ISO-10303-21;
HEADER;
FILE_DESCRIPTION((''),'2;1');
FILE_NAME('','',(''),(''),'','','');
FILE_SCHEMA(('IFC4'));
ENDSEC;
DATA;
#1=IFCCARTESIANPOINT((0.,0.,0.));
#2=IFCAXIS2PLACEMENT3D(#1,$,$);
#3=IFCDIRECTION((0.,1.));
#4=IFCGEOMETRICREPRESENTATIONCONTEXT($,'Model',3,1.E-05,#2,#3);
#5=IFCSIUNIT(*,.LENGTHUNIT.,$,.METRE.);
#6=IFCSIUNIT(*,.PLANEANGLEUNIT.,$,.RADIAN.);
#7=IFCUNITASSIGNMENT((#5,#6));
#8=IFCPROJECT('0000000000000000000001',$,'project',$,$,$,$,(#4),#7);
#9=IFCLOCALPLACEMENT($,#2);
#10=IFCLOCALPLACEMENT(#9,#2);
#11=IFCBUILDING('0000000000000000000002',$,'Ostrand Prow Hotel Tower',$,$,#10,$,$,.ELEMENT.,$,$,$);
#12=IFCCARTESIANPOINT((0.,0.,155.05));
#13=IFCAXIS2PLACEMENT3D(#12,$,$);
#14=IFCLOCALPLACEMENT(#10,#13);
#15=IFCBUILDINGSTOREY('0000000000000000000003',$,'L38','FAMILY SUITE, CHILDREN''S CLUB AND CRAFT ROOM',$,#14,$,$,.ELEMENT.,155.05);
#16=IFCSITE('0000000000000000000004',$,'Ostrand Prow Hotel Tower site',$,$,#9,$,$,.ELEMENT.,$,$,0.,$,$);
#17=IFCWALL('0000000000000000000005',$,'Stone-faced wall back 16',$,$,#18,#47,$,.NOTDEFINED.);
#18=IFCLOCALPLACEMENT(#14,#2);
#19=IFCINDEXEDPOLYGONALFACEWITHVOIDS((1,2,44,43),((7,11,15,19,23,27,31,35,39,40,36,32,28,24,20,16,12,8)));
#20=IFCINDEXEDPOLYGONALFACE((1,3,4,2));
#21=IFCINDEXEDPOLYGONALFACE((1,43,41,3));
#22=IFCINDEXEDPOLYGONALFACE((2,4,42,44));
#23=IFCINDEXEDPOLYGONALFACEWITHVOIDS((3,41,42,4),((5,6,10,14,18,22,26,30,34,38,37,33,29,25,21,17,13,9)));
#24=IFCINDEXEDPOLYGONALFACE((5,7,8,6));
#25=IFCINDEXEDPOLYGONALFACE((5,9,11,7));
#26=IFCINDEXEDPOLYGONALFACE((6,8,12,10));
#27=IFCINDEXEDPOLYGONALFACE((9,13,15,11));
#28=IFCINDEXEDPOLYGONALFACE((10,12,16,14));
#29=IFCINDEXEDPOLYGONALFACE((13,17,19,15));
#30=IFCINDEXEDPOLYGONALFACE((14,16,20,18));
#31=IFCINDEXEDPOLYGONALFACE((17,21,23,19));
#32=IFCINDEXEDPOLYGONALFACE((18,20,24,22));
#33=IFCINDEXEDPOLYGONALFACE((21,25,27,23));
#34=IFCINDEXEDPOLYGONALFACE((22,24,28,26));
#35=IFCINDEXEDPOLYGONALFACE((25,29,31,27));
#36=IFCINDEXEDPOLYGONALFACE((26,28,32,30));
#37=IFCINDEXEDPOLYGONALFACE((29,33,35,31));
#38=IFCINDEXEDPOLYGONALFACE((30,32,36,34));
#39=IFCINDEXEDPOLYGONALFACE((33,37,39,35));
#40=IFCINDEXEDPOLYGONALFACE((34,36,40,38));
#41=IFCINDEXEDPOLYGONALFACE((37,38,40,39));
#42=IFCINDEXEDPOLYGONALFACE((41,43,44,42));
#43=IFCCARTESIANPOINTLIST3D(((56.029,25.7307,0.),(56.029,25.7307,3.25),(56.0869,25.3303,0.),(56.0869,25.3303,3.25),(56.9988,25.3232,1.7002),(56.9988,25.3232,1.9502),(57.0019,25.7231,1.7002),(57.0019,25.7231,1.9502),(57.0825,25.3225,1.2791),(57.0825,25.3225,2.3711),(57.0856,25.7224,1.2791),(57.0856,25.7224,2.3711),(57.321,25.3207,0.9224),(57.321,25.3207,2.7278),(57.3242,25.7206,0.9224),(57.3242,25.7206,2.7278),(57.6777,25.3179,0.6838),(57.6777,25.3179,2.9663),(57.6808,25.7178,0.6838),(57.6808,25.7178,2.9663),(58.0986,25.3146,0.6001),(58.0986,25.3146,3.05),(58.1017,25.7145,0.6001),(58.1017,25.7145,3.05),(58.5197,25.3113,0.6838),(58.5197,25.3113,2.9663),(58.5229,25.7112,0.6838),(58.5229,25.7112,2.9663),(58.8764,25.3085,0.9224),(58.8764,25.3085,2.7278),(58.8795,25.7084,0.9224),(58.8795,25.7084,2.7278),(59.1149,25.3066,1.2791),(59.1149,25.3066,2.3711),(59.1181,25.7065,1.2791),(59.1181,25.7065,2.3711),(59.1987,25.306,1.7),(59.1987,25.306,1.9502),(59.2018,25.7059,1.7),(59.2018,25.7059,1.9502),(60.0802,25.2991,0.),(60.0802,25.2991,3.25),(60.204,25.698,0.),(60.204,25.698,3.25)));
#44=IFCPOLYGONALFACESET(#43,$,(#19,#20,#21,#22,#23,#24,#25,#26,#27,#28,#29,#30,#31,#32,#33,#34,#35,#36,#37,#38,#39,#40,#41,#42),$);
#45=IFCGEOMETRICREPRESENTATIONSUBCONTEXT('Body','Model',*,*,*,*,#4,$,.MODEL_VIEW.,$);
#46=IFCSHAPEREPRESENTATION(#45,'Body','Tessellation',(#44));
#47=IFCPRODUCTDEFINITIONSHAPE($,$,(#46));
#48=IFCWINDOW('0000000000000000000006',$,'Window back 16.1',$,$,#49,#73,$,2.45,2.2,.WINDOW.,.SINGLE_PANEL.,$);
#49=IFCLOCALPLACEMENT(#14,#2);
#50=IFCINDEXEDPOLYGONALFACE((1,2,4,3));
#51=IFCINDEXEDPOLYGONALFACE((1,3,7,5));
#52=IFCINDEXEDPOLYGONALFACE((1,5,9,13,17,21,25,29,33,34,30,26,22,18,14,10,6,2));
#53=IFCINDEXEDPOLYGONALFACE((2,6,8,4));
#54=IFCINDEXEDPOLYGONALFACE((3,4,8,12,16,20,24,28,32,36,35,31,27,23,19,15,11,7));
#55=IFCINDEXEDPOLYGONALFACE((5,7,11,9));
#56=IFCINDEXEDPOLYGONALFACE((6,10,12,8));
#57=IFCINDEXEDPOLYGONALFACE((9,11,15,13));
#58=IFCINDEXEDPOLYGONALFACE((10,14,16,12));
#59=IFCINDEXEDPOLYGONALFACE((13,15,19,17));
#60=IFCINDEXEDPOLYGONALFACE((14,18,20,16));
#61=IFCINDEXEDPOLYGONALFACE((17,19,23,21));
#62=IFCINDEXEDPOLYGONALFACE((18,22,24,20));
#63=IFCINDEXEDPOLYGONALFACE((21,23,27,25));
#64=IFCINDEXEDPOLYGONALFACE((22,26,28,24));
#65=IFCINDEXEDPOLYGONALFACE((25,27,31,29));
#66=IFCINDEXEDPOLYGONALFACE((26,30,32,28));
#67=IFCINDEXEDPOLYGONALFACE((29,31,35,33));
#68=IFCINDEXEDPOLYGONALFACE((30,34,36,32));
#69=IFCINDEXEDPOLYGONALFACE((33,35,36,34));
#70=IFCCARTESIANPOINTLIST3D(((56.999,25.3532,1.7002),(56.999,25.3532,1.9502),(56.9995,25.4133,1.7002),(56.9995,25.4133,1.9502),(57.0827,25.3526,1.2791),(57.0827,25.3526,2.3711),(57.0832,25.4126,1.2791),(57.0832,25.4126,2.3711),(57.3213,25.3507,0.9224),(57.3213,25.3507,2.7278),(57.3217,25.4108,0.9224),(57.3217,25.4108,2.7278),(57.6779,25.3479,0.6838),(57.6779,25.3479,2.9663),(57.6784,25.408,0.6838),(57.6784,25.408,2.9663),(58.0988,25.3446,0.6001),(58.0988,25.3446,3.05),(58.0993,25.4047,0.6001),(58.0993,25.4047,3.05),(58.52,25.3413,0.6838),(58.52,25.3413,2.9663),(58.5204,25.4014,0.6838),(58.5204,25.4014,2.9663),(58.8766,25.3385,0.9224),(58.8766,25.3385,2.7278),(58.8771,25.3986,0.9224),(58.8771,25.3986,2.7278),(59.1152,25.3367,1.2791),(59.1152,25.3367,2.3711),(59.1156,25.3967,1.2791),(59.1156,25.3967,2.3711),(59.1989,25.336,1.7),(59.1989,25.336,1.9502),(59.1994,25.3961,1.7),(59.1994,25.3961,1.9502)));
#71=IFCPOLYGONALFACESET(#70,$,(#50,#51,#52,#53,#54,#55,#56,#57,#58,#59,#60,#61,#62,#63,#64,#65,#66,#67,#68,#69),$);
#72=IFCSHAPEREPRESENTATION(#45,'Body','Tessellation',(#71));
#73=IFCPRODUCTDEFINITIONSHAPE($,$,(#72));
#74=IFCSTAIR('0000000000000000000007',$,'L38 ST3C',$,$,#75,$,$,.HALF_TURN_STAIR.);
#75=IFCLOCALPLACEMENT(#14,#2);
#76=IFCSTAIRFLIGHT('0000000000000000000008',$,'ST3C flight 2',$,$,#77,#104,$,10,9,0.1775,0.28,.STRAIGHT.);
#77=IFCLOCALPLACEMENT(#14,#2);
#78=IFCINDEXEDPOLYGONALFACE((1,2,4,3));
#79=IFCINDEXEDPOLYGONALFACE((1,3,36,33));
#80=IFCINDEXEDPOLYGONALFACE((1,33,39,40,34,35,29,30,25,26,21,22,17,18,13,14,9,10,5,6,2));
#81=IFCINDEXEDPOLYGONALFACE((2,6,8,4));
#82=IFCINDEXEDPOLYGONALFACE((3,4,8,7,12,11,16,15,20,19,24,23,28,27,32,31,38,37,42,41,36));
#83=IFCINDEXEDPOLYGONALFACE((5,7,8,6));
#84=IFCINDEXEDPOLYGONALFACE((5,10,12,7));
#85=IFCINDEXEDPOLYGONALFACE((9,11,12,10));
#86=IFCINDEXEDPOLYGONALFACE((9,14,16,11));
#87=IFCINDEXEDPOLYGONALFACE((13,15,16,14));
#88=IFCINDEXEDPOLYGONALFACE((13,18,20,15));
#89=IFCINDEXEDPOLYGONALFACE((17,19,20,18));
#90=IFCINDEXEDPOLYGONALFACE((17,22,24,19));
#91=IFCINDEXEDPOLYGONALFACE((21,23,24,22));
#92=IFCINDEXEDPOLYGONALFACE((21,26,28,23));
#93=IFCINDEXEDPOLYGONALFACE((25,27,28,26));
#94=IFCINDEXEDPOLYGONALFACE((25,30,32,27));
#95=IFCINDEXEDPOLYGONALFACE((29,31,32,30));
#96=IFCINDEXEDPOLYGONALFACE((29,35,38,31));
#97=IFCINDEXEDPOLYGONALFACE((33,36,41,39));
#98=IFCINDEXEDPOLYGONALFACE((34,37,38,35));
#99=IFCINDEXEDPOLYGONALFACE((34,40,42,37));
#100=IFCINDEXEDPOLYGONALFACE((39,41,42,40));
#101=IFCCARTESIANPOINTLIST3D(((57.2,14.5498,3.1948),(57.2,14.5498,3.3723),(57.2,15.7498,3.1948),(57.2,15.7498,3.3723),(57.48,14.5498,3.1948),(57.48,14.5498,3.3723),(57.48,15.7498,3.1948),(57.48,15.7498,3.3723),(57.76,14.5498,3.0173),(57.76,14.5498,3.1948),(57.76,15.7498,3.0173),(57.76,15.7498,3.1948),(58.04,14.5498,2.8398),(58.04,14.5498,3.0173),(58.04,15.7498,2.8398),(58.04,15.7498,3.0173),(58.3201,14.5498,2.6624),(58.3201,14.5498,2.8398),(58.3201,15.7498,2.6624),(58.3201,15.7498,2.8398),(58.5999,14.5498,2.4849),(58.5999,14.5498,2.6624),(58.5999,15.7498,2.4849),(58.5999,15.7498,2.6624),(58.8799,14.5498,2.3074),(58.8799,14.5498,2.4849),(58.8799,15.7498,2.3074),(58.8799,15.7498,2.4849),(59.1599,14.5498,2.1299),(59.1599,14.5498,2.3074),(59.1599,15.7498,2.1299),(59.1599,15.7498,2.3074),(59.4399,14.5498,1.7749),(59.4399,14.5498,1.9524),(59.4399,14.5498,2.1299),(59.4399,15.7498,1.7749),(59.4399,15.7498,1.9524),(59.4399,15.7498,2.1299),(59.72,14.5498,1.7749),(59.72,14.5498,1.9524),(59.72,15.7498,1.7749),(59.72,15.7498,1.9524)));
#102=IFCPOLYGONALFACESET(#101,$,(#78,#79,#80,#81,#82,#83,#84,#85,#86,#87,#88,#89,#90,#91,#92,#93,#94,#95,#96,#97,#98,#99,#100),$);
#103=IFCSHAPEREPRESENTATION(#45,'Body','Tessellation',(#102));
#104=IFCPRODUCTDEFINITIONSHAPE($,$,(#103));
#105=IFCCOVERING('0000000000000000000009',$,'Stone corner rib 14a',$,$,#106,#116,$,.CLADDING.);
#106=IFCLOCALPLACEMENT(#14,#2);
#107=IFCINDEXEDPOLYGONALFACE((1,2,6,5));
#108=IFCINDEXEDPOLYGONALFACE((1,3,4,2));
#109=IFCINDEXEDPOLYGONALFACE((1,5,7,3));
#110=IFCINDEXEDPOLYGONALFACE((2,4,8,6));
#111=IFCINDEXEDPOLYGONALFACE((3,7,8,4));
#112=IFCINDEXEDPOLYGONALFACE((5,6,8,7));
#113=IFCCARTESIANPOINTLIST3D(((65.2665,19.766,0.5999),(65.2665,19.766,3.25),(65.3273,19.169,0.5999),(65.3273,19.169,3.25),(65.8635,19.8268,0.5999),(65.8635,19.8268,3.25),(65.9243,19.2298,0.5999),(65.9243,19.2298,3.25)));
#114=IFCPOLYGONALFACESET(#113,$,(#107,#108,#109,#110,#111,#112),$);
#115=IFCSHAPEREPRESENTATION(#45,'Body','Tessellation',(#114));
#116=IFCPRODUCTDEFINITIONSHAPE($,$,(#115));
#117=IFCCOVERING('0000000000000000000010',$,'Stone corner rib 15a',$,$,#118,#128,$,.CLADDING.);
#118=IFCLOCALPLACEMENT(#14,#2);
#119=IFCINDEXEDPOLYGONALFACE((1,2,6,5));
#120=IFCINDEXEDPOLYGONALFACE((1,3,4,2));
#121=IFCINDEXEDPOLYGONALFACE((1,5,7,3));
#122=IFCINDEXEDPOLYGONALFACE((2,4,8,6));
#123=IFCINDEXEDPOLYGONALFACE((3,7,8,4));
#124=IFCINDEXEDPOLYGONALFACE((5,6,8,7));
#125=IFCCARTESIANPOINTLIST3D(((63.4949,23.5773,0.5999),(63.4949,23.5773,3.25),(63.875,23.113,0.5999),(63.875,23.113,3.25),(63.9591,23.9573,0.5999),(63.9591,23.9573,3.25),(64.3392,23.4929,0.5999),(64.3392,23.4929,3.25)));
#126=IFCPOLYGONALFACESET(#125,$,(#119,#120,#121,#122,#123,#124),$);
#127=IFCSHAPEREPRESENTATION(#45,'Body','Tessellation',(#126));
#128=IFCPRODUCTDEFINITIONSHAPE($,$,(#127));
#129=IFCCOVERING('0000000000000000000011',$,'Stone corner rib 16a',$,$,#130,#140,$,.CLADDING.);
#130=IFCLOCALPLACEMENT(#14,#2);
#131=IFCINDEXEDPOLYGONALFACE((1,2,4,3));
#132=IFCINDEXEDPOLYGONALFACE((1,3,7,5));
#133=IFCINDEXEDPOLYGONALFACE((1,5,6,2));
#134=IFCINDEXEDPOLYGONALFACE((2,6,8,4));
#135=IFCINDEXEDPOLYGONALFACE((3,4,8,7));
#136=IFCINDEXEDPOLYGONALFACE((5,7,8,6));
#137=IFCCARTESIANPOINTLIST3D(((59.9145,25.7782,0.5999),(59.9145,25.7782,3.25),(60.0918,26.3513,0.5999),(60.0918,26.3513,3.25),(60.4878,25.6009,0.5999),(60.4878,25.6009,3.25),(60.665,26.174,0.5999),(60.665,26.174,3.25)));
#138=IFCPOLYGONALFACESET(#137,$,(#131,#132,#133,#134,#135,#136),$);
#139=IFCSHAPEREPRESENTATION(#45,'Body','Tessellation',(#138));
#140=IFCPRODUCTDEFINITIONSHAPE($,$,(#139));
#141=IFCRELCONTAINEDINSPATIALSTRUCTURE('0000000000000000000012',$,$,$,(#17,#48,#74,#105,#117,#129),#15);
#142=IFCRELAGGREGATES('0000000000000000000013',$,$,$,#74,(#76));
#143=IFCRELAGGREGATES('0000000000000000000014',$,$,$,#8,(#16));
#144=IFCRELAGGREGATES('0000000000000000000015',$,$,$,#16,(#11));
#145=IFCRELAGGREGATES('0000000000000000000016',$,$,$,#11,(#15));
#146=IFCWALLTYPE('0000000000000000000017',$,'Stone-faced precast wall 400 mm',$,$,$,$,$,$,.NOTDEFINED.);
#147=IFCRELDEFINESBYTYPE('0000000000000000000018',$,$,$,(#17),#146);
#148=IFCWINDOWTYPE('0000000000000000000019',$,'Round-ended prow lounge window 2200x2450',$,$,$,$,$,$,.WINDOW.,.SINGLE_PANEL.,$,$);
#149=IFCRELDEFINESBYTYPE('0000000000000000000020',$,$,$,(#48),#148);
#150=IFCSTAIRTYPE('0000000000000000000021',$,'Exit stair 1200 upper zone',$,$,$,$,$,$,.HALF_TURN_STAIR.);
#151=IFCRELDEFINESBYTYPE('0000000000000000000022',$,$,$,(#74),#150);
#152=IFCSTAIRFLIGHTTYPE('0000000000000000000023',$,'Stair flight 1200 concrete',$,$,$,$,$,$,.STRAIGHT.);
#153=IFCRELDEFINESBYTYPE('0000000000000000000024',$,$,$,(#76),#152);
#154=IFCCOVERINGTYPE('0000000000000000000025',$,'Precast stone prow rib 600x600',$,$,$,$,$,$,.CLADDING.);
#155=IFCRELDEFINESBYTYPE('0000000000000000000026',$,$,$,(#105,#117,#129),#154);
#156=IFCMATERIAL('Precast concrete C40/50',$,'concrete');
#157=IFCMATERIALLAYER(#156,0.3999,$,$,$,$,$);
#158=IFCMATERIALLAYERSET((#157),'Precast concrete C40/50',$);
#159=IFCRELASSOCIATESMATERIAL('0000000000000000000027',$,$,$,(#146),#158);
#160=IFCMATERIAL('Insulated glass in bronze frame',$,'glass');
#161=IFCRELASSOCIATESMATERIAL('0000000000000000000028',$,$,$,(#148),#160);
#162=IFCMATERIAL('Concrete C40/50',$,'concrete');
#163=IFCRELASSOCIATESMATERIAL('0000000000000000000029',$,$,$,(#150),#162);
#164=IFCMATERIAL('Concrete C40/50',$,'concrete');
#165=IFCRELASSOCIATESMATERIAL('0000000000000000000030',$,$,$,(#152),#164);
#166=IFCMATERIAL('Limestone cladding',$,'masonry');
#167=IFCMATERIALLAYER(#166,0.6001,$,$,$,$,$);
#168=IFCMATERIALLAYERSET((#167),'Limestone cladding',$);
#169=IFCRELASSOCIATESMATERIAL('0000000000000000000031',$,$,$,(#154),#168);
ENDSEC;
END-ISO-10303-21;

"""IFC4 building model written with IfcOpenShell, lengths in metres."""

from ifc_helpers import new_model, si_unit, direction, frame, frame_2d, origin, place, context, subcontext, project, spatial, polyline, rectangle, outline, extrude, material, layer, layer_set, type_object, element, fill, aggregate, save


model = new_model("IFC4")

# Units and contexts
model_context = context("Model", 3, precision=1e-05, world=origin(), true_north=direction((0.0, 1.0)))
body_context = subcontext(model_context, "Body", "Model", "MODEL_VIEW")
ifc_project = project(units=[si_unit("LENGTHUNIT", "METRE"), si_unit("PLANEANGLEUNIT", "RADIAN")], contexts=[model_context])

# Site, building, storey
site_placement = place(None, origin())
site = spatial("IfcSite", under=ifc_project, at=site_placement, Name="Ostrand Prow Hotel Tower site", CompositionType="ELEMENT", RefElevation=0.0)
building_placement = place(site_placement, origin())
building = spatial("IfcBuilding", under=site, at=building_placement, Name="Ostrand Prow Hotel Tower", CompositionType="ELEMENT")
storey_placement = place(building_placement, frame((0.0, 0.0, 155.05)))
storey = spatial("IfcBuildingStorey", under=building, at=storey_placement, Name="L38", Description="FAMILY SUITE, CHILDREN'S CLUB AND CRAFT ROOM", CompositionType="ELEMENT", Elevation=155.05)

# Wall, opening, window
ifc_material_1 = material(Name="Precast concrete C40/50", Category="concrete")
ifc_layer_1 = layer(ifc_material_1, 0.3999)
ifc_layer_set_1 = layer_set([ifc_layer_1], Name="Precast concrete C40/50")
wall_type_1 = type_object("IfcWallType", Name="Stone-faced precast wall 400 mm", PredefinedType="NOTDEFINED", material=ifc_layer_set_1)
ifc_material_2 = material(Name="Insulated glass in bronze frame", Category="glass")
window_type_1 = type_object("IfcWindowType", Name="Round-ended prow lounge window 2200x2450", PartitioningType="SINGLE_PANEL", PredefinedType="WINDOW", material=ifc_material_2)
wall_1_placement = place(storey_placement, frame((60.1421, 25.4985, 0.0), z_axis=(0.0, 0.0, 1.0), x_axis=(-0.999969, 0.007831, 0.0)))
wall_1 = element("IfcWall", 1, at=wall_1_placement, inside=storey, type_object=wall_type_1, Name="Stone-faced wall back 16", PredefinedType="NOTDEFINED", context=body_context, shape_type="SweptSolid", body=[
    extrude(outline(polyline([(-0.0603, -0.2), (4.1147, -0.2), (4.0537, 0.2), (0.0603, 0.2), (-0.0603, -0.2)])), origin(), (0.0, 0.0, 1.0), 3.25),
])
opening_1_placement = place(wall_1_placement, frame((0.9419, 0.0, 0.6001)))
opening_1 = element("IfcOpeningElement", 2, at=opening_1_placement, cuts=wall_1, PredefinedType="OPENING", context=body_context, shape_type="SweptSolid", body=[
    extrude(outline(polyline([(0.0, 1.3501), (0.0837, 1.771), (0.3223, 2.1277), (0.679, 2.3662), (1.1001, 2.45), (1.521, 2.3662), (1.8777, 2.1277), (2.1162, 1.771), (2.2, 1.3501), (2.2, 1.1001), (2.1162, 0.679), (1.8777, 0.3223), (1.521, 0.0837), (1.1001, 0.0), (0.679, 0.0837), (0.3223, 0.3223), (0.0837, 0.679), (0.0, 1.0999), (0.0, 1.3501)])), frame((0.0, 0.21, 0.0), z_axis=(0.0, -1.0, 0.0), x_axis=(1.0, 0.0, 0.0)), (0.0, 0.0, 1.0), 0.4199),
])
window_1_placement = place(opening_1_placement, origin())
window_1 = element("IfcWindow", 3, at=window_1_placement, inside=storey, type_object=window_type_1, Name="Window back 16.1", OverallHeight=2.45, OverallWidth=2.2, PartitioningType="SINGLE_PANEL", PredefinedType="WINDOW", context=body_context, shape_type="SweptSolid", body=[
    extrude(outline(polyline([(0.0, 1.3501), (0.0837, 1.771), (0.3223, 2.1277), (0.679, 2.3662), (1.1001, 2.45), (1.521, 2.3662), (1.8777, 2.1277), (2.1162, 1.771), (2.2, 1.3501), (2.2, 1.1001), (2.1162, 0.679), (1.8777, 0.3223), (1.521, 0.0837), (1.1001, 0.0), (0.679, 0.0837), (0.3223, 0.3223), (0.0837, 0.679), (0.0, 1.0999), (0.0, 1.3501)])), frame((0.0, 0.1699, 0.0), z_axis=(0.0, -1.0, 0.0), x_axis=(1.0, 0.0, 0.0)), (0.0, 0.0, 1.0), 0.0601),
])
fill(opening_1, window_1)

# Stair, stair flight
ifc_material_3 = material(Name="Concrete C40/50", Category="concrete")
stair_type = type_object("IfcStairType", Name="Exit stair 1200 upper zone", PredefinedType="HALF_TURN_STAIR", material=ifc_material_3)
stair_placement = place(storey_placement, origin())
stair = element("IfcStair", 4, at=stair_placement, inside=storey, type_object=stair_type, Name="L38 ST3C", PredefinedType="HALF_TURN_STAIR")
ifc_material_4 = material(Name="Concrete C40/50", Category="concrete")
stair_flight_type = type_object("IfcStairFlightType", Name="Stair flight 1200 concrete", PredefinedType="STRAIGHT", material=ifc_material_4)
stair_flight_placement = place(storey_placement, frame((59.72, 15.1499, 1.7749), z_axis=(0.0, 0.0, 1.0), x_axis=(-1.0, 0.0, 0.0)))
stair_flight = element("IfcStairFlight", 5, at=stair_flight_placement, type_object=stair_flight_type, Name="ST3C flight 2", NumberOfRisers=10, NumberOfTreads=9, PredefinedType="STRAIGHT", RiserHeight=0.1775, TreadLength=0.28, context=body_context, shape_type="SweptSolid", body=[
    extrude(outline(polyline([(0.0, 0.0), (0.0, 0.1775), (0.28, 0.1775), (0.28, 0.355), (0.5601, 0.355), (0.5601, 0.5325), (0.8401, 0.5325), (0.8401, 0.71), (1.1201, 0.71), (1.1201, 0.8875), (1.3999, 0.8875), (1.3999, 1.0649), (1.6799, 1.0649), (1.6799, 1.2424), (1.96, 1.2424), (1.96, 1.4199), (2.24, 1.4199), (2.24, 1.5974), (2.52, 1.5974), (2.52, 1.7749), (2.52, 1.4199), (0.28, 0.0), (0.0, 0.0)])), frame((0.0, 0.6001, 0.0), z_axis=(0.0, -1.0, 0.0), x_axis=(1.0, 0.0, 0.0)), (0.0, 0.0, 1.0), 1.2),
])
aggregate(stair, [stair_flight])

# Coverings
ifc_material_5 = material(Name="Limestone cladding", Category="masonry")
ifc_layer_2 = layer(ifc_material_5, 0.6001)
ifc_layer_set_2 = layer_set([ifc_layer_2], Name="Limestone cladding")
covering_type = type_object("IfcCoveringType", Name="Precast stone prow rib 600x600", PredefinedType="CLADDING", material=ifc_layer_set_2)
covering_placement = place(storey_placement, frame((65.2969, 19.4675, 0.5999), z_axis=(0.0, 0.0, 1.0), x_axis=(0.994854, 0.101316, 0.0)))
element("IfcCovering", 6, at=covering_placement, inside=storey, type_object=covering_type, Name="Stone corner rib 14a", PredefinedType="CLADDING", context=body_context, shape_type="SweptSolid", body=[
    extrude(rectangle(XDim=0.6001, YDim=0.6001, at=frame_2d((0.3, 0.0))), origin(), (0.0, 0.0, 1.0), 2.6501),
])
for number, where, z_axis, x_axis, name in (
    (7, (63.6851, 23.3452, 0.5999), (0.0, 0.0, 1.0), (0.77383, 0.633393, 0.0), "Stone corner rib 15a"),
    (8, (60.2012, 25.6897, 0.5999), (0.0, 0.0, 1.0), (0.295516, 0.955338, 0.0), "Stone corner rib 16a"),
):
    element("IfcCovering", number, at=place(storey_placement, frame(where, z_axis=z_axis, x_axis=x_axis)), inside=storey, type_object=covering_type, Name=name, PredefinedType="CLADDING", context=body_context, shape_type="SweptSolid", body=[
        extrude(rectangle(XDim=0.5999, YDim=0.6001, at=frame_2d((0.2998, 0.0))), origin(), (0.0, 0.0, 1.0), 2.6501),
    ])

save(model, "model.ifc")
